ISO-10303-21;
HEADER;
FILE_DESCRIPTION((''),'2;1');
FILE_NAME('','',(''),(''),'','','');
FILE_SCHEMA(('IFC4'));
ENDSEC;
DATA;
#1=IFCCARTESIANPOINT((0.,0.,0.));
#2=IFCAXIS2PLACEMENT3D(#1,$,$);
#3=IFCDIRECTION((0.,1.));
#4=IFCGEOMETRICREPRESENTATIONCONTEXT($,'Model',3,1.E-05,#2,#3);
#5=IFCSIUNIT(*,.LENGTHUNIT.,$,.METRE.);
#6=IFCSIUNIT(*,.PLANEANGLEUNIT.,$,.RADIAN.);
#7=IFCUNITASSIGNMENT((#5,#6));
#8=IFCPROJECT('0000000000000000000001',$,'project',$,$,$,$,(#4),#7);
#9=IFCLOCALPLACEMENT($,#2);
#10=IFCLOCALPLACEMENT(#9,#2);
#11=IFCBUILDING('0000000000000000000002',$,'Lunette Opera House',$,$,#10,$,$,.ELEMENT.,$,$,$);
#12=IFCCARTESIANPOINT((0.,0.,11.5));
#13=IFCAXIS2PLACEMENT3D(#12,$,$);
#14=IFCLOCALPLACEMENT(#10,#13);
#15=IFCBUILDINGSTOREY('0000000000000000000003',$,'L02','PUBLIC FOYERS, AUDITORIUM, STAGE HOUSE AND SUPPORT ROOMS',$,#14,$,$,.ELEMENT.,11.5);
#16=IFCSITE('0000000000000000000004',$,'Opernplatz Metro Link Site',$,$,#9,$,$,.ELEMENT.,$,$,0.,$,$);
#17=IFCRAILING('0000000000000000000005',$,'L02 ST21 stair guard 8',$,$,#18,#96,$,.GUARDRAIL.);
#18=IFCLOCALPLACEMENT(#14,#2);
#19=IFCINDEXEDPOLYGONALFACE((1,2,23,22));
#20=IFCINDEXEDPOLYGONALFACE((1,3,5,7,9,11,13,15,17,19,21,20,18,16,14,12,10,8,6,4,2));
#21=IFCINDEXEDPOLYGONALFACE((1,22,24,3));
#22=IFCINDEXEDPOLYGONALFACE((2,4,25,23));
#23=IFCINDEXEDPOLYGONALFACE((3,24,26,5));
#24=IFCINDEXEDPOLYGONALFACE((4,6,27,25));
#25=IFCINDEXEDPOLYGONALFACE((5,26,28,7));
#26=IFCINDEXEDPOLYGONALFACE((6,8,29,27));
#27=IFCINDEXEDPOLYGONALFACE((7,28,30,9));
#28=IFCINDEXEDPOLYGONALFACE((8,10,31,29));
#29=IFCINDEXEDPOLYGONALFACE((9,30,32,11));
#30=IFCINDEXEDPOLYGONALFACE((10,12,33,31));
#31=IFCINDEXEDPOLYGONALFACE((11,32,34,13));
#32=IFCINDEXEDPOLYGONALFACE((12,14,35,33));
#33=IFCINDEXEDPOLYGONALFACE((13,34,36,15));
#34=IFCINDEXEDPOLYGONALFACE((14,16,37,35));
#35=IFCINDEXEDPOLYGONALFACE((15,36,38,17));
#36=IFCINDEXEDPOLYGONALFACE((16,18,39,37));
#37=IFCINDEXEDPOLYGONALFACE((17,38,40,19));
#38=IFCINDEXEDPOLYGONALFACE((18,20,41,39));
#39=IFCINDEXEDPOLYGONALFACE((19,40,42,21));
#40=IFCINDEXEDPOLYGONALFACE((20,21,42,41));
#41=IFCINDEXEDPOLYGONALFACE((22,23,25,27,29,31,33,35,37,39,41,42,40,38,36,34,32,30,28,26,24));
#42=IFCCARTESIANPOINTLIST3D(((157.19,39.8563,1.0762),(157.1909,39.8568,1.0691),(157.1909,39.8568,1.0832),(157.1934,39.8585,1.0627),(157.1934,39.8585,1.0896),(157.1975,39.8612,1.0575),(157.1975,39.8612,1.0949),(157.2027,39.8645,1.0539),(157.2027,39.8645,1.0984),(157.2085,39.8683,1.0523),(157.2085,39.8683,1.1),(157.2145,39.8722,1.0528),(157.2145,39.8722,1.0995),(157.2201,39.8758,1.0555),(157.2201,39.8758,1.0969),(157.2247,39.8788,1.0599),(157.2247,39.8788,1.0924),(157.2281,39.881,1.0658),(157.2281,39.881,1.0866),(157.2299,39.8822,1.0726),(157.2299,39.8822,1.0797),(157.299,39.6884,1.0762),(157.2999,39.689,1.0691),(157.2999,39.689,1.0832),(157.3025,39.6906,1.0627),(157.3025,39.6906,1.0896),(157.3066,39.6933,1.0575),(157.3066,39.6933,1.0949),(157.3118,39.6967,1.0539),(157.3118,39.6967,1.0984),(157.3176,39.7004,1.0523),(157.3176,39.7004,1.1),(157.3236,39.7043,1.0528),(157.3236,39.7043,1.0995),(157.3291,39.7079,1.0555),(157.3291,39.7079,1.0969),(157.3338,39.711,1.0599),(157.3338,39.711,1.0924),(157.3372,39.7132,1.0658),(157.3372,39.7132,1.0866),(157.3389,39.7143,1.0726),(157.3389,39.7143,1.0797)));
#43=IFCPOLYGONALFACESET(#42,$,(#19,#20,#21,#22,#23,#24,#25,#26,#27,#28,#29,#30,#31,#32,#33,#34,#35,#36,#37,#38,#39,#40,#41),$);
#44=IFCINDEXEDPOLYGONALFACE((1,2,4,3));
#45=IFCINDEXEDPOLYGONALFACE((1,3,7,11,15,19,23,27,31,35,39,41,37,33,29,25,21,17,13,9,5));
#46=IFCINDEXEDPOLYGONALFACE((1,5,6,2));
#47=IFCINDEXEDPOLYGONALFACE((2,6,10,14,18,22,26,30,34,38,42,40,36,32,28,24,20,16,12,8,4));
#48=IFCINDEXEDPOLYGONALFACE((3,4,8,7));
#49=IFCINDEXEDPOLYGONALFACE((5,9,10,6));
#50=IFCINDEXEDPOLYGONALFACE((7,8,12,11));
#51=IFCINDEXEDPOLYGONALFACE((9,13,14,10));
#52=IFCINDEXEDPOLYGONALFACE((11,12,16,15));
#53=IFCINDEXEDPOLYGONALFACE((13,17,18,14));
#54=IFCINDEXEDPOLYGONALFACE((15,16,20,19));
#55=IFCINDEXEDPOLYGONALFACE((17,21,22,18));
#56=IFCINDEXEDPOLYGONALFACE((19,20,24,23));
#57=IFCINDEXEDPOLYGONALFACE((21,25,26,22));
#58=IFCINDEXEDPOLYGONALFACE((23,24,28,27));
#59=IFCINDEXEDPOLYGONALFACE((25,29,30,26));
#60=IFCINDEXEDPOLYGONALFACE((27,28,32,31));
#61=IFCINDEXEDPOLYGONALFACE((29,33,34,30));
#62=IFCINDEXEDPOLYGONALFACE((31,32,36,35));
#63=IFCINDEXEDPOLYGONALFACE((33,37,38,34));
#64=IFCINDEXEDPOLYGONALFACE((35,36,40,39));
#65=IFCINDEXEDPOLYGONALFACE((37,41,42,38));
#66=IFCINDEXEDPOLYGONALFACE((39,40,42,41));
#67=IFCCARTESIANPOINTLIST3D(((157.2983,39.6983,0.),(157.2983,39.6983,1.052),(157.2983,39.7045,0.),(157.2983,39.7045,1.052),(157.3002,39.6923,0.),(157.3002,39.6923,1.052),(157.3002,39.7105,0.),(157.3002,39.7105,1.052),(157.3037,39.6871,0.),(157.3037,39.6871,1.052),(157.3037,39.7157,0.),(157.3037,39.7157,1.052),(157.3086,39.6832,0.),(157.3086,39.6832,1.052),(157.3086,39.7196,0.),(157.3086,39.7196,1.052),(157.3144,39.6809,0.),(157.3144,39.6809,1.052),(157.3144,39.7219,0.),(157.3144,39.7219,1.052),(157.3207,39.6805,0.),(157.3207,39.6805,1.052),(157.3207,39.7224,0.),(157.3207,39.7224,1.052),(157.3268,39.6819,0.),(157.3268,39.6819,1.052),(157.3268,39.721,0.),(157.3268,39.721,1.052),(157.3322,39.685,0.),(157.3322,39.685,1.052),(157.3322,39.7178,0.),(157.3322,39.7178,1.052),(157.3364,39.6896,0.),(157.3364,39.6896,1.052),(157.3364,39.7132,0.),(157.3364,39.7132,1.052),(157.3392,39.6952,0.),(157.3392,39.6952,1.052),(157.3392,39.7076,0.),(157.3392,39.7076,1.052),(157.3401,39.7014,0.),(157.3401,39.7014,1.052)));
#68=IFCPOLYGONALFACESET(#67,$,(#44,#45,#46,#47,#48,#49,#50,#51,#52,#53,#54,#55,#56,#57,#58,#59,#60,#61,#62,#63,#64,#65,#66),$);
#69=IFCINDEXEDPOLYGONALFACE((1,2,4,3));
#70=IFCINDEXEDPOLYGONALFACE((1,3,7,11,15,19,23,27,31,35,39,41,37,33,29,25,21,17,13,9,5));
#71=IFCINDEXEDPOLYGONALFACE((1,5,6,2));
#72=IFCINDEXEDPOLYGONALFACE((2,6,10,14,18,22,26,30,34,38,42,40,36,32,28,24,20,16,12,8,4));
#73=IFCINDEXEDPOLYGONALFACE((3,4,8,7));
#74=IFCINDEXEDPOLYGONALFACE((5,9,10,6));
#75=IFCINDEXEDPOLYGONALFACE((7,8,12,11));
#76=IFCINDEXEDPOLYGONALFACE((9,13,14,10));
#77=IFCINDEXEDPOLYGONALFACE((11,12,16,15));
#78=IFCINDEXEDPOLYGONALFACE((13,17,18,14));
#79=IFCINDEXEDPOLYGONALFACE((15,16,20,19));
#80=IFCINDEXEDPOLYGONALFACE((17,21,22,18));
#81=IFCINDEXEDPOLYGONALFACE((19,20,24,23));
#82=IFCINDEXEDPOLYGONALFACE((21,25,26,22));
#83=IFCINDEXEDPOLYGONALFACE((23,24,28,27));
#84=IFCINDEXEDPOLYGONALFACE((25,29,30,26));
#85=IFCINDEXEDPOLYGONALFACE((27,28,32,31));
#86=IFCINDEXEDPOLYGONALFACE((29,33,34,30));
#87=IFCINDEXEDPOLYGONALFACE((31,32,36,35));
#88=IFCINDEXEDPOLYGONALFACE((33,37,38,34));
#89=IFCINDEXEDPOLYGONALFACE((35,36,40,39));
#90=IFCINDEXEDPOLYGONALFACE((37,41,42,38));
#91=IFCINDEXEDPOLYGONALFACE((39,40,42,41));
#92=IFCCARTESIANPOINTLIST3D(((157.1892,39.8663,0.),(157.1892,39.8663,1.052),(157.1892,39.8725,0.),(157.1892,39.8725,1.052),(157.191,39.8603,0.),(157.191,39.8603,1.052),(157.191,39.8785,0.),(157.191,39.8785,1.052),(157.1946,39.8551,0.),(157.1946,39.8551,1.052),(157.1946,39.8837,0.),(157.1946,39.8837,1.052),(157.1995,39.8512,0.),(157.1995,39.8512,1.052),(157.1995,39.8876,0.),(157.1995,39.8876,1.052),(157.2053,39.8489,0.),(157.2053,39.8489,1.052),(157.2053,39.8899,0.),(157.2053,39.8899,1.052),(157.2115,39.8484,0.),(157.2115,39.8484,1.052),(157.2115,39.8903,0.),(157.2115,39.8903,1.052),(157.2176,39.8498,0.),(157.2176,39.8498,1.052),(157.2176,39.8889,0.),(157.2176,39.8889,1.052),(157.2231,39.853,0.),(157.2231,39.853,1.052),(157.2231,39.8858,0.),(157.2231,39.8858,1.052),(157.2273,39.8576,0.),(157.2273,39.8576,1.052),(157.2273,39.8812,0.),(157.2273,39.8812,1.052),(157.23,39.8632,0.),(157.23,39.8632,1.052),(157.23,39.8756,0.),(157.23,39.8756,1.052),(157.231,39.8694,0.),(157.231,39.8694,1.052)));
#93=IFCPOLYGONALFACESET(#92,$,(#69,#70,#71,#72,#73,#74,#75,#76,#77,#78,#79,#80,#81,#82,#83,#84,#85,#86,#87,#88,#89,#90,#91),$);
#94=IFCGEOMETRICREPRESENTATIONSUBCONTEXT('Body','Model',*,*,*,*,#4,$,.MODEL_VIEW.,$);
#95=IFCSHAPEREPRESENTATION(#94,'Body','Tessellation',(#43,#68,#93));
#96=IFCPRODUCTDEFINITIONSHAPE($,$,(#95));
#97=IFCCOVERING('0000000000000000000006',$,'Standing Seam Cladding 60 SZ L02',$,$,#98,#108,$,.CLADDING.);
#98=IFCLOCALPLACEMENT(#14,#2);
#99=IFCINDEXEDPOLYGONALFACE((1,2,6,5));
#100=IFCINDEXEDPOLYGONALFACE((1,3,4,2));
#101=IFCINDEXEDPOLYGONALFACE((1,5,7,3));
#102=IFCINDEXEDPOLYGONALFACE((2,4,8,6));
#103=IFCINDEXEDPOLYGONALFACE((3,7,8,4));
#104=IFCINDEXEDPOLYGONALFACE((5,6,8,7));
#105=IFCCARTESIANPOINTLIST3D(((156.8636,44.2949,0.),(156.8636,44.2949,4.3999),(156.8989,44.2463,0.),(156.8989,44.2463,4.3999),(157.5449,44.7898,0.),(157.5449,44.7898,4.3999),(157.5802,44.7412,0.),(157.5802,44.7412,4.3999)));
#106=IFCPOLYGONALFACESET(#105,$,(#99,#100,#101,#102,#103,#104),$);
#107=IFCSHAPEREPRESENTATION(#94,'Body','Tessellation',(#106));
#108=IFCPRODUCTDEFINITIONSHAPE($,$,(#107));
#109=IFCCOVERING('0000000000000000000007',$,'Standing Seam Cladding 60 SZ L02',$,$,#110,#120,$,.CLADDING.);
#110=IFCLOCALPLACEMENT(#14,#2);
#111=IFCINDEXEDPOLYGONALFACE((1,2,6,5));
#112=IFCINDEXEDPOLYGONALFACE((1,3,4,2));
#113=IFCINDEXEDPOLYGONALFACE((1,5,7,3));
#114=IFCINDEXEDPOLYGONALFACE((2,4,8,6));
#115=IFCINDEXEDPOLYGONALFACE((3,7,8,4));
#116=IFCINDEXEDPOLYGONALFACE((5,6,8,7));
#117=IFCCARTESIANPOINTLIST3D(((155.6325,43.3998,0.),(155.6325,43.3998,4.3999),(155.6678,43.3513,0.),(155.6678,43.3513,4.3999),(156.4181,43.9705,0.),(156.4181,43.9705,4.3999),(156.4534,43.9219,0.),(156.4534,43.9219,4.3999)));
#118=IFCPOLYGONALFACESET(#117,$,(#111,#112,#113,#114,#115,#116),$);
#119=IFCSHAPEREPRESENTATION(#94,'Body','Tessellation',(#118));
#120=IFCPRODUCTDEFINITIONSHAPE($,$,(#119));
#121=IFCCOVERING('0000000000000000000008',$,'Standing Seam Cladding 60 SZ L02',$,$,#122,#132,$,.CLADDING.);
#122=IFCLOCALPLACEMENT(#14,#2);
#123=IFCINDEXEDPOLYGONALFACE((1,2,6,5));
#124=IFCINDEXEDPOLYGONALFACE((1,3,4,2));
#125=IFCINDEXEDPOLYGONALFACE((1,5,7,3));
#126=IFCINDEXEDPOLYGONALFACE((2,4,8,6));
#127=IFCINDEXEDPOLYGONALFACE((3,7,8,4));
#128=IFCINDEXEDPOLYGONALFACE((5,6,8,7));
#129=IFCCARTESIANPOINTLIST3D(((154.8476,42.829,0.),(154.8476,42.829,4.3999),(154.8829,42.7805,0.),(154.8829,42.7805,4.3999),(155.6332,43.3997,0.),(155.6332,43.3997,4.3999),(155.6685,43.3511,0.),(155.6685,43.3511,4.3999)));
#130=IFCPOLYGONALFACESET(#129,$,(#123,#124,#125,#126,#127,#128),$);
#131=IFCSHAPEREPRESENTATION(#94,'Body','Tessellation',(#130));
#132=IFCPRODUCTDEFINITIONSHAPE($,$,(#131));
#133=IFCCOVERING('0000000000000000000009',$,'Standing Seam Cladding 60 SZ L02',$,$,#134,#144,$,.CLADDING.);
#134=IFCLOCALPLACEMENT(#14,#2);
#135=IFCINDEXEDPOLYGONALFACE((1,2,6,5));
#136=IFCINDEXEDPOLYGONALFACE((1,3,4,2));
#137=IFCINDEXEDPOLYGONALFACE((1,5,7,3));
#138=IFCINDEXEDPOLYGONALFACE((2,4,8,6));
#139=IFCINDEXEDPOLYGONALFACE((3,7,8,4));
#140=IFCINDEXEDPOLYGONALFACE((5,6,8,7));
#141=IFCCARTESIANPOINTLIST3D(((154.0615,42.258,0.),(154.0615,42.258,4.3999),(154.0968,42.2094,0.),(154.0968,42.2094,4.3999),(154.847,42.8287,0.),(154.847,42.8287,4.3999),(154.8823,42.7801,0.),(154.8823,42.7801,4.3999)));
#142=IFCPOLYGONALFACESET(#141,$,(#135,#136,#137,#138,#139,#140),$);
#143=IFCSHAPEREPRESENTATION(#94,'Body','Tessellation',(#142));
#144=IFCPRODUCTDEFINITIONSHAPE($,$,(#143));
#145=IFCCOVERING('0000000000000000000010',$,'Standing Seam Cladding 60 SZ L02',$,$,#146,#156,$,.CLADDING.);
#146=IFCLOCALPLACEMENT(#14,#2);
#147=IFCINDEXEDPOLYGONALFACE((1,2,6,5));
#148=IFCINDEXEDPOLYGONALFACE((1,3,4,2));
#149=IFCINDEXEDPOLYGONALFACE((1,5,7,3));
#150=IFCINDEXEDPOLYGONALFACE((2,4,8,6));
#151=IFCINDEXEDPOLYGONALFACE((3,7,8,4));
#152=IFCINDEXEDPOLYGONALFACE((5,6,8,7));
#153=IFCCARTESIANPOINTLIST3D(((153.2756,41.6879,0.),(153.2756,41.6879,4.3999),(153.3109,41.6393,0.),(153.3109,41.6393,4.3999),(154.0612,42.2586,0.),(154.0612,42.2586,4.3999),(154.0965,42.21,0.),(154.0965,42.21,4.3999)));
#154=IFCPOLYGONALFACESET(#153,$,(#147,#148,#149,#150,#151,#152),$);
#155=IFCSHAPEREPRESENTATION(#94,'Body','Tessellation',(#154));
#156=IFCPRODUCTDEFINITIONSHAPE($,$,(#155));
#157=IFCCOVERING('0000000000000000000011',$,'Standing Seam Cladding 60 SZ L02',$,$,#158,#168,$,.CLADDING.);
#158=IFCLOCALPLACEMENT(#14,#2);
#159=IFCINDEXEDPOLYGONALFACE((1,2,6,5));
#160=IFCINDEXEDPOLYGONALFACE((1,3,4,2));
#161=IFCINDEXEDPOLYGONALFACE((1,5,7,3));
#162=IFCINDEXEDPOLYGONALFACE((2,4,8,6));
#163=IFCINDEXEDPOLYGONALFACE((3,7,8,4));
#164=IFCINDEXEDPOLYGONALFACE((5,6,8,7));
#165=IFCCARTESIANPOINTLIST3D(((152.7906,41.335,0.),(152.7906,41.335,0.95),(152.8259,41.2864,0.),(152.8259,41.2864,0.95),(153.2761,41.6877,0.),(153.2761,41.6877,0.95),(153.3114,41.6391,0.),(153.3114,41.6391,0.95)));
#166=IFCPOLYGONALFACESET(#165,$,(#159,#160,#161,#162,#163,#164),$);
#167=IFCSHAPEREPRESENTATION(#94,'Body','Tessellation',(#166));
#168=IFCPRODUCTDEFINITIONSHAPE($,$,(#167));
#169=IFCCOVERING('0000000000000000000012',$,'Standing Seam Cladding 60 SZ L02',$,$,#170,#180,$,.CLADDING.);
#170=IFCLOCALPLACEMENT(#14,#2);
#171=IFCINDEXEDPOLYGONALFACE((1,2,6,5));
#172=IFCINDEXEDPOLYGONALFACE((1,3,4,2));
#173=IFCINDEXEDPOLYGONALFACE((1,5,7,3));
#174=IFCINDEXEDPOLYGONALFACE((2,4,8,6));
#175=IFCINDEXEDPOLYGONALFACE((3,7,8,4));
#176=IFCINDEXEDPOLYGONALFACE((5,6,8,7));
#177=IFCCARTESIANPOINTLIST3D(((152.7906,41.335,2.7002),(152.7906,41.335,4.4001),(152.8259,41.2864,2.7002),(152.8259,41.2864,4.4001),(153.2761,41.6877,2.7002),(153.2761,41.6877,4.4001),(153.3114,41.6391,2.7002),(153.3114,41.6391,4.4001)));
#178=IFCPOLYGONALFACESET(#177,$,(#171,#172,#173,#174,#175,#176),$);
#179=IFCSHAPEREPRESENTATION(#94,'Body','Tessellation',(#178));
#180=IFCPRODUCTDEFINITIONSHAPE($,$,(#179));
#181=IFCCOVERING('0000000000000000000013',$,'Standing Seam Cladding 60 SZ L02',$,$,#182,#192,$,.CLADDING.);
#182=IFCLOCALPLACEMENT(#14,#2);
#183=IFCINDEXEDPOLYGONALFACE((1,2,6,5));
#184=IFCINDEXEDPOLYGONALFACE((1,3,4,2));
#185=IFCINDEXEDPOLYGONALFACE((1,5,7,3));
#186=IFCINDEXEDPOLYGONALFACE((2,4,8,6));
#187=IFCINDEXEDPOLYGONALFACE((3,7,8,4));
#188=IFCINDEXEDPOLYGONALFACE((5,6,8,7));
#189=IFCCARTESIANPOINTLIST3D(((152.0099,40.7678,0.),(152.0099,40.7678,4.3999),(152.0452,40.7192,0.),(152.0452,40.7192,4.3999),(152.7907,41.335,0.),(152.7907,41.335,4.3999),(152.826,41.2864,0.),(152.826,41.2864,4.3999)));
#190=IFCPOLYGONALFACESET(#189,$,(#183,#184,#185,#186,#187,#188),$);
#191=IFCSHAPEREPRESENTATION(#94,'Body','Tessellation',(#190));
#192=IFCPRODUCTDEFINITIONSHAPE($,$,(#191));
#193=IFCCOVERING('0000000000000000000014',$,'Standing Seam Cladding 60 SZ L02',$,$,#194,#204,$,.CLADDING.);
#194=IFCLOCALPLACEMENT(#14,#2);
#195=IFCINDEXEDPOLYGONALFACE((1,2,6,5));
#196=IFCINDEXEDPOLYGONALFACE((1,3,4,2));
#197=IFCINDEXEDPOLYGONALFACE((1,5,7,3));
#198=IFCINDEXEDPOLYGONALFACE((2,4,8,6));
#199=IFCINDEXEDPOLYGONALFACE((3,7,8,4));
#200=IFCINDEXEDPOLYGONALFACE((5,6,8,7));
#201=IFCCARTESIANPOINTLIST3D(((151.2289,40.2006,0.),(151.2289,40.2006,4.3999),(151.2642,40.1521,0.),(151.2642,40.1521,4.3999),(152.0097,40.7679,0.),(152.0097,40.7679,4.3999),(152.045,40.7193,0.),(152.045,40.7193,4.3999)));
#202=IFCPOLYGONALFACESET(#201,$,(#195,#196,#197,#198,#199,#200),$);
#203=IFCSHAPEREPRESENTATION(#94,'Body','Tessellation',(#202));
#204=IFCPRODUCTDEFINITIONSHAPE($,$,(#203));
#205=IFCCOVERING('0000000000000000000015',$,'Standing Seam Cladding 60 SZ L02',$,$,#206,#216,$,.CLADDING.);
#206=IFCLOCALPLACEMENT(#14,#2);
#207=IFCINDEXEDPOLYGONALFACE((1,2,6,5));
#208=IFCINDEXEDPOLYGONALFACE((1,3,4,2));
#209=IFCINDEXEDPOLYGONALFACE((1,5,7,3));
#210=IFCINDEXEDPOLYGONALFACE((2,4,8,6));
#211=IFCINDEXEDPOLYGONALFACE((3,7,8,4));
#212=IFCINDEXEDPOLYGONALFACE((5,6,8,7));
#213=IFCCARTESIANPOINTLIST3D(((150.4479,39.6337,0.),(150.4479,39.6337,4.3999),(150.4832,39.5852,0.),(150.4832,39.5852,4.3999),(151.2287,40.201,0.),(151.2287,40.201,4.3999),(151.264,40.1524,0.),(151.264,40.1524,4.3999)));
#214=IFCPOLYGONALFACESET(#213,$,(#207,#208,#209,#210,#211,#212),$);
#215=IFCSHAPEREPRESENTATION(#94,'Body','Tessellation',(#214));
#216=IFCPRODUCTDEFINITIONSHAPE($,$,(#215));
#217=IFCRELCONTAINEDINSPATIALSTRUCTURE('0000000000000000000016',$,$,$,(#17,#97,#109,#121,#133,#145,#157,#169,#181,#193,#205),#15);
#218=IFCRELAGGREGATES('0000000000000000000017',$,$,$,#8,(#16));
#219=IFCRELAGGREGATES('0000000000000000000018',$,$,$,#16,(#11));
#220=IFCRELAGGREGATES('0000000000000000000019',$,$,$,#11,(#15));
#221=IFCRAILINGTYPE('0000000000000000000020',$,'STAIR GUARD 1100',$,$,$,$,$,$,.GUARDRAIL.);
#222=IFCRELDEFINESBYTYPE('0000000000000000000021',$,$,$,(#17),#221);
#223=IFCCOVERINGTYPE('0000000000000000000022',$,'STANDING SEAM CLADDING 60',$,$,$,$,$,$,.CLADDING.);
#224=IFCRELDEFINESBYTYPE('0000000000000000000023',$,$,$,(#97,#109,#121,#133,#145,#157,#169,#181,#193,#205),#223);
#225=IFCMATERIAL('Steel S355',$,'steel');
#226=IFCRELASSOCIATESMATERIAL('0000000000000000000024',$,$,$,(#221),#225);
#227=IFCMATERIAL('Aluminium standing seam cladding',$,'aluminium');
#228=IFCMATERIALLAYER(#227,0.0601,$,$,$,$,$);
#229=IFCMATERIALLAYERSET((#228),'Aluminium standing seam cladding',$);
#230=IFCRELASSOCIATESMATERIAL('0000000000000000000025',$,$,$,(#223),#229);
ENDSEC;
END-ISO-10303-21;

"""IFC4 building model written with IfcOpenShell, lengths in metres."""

from ifc_helpers import new_model, si_unit, direction, frame, origin, origin_2d, place, context, subcontext, project, spatial, rectangle, circle, extrude, material, layer, layer_set, type_object, element, save


model = new_model("IFC4")

# Units and contexts
model_context = context("Model", 3, precision=1e-05, world=origin(), true_north=direction((0.0, 1.0)))
body_context = subcontext(model_context, "Body", "Model", "MODEL_VIEW")
ifc_project = project(units=[si_unit("LENGTHUNIT", "METRE"), si_unit("PLANEANGLEUNIT", "RADIAN")], contexts=[model_context])

# Site, building, storey
site_placement = place(None, origin())
site = spatial("IfcSite", under=ifc_project, at=site_placement, Name="Opernplatz Metro Link Site", CompositionType="ELEMENT", RefElevation=0.0)
building_placement = place(site_placement, origin())
building = spatial("IfcBuilding", under=site, at=building_placement, Name="Lunette Opera House", CompositionType="ELEMENT")
storey_placement = place(building_placement, frame((0.0, 0.0, 11.5)))
storey = spatial("IfcBuildingStorey", under=building, at=storey_placement, Name="L02", Description="PUBLIC FOYERS, AUDITORIUM, STAGE HOUSE AND SUPPORT ROOMS", CompositionType="ELEMENT", Elevation=11.5)

# Railing
ifc_material_1 = material(Name="Steel S355", Category="steel")
railing_type = type_object("IfcRailingType", Name="STAIR GUARD 1100", PredefinedType="GUARDRAIL", material=ifc_material_1)
railing_1_placement = place(storey_placement, frame((157.3191, 39.7014, 0.0)))
element("IfcRailing", 1, at=railing_1_placement, inside=storey, type_object=railing_type, Name="L02 ST21 stair guard 8", PredefinedType="GUARDRAIL", context=body_context, shape_type="SweptSolid", body=[
    extrude(circle(Radius=0.0239, at=origin_2d()), frame((0.0, 0.0, 1.0762), z_axis=(-0.544817, 0.838555, 0.0), x_axis=(-0.838555, -0.544817, 0.0)), (0.0, 0.0, 1.0), 0.2002),
    extrude(circle(Radius=0.021, at=origin_2d()), origin(), (0.0, 0.0, 1.0), 1.052),
    extrude(circle(Radius=0.021, at=origin_2d()), frame((-0.1091, 0.168, 0.0)), (0.0, 0.0, 1.0), 1.052),
])

# Coverings
ifc_material_2 = material(Name="Aluminium standing seam cladding", Category="aluminium")
ifc_layer_1 = layer(ifc_material_2, 0.0601)
ifc_layer_set_1 = layer_set([ifc_layer_1], Name="Aluminium standing seam cladding")
covering_type = type_object("IfcCoveringType", Name="STANDING SEAM CLADDING 60", PredefinedType="CLADDING", material=ifc_layer_set_1)
covering_1_placement = place(storey_placement, frame((157.2219, 44.5181, 0.0), z_axis=(0.0, 0.0, 1.0), x_axis=(-0.809045, -0.587747, 0.0)))
element("IfcCovering", 2, at=covering_1_placement, inside=storey, type_object=covering_type, Name="Standing Seam Cladding 60 SZ L02", PredefinedType="CLADDING", context=body_context, shape_type="SweptSolid", body=[
    extrude(rectangle(XDim=0.842, YDim=0.0601, at=origin_2d()), origin(), (0.0, 0.0, 1.0), 4.3999),
])
for number, where, z_axis, x_axis, name in (
    (3, (156.043, 43.6609, 0.0), (0.0, 0.0, 1.0), (-0.809047, -0.587744, 0.0), "Standing Seam Cladding 60 SZ L02"),
    (4, (155.2581, 43.0901, 0.0), (0.0, 0.0, 1.0), (-0.809047, -0.587744, 0.0), "Standing Seam Cladding 60 SZ L02"),
    (5, (154.4719, 42.519, 0.0), (0.0, 0.0, 1.0), (-0.809047, -0.587744, 0.0), "Standing Seam Cladding 60 SZ L02"),
    (6, (153.686, 41.949, 0.0), (0.0, 0.0, 1.0), (-0.809047, -0.587744, 0.0), "Standing Seam Cladding 60 SZ L02"),
):
    element("IfcCovering", number, at=place(storey_placement, frame(where, z_axis=z_axis, x_axis=x_axis)), inside=storey, type_object=covering_type, Name=name, PredefinedType="CLADDING", context=body_context, shape_type="SweptSolid", body=[
        extrude(rectangle(XDim=0.9709, YDim=0.0601, at=origin_2d()), origin(), (0.0, 0.0, 1.0), 4.3999),
    ])
covering_2_placement = place(storey_placement, frame((153.051, 41.4871, 0.0), z_axis=(0.0, 0.0, 1.0), x_axis=(-0.809047, -0.587744, 0.0)))
element("IfcCovering", 7, at=covering_2_placement, inside=storey, type_object=covering_type, Name="Standing Seam Cladding 60 SZ L02", PredefinedType="CLADDING", context=body_context, shape_type="SweptSolid", body=[
    extrude(rectangle(XDim=0.6001, YDim=0.0601, at=origin_2d()), origin(), (0.0, 0.0, 1.0), 0.95),
])
covering_3_placement = place(storey_placement, frame((153.051, 41.4871, 2.7002), z_axis=(0.0, 0.0, 1.0), x_axis=(-0.809047, -0.587744, 0.0)))
element("IfcCovering", 8, at=covering_3_placement, inside=storey, type_object=covering_type, Name="Standing Seam Cladding 60 SZ L02", PredefinedType="CLADDING", context=body_context, shape_type="SweptSolid", body=[
    extrude(rectangle(XDim=0.6001, YDim=0.0601, at=origin_2d()), origin(), (0.0, 0.0, 1.0), 1.7),
])
for number, where, z_axis, x_axis, name in (
    (9, (152.418, 41.0271, 0.0), (0.0, 0.0, 1.0), (-0.809047, -0.587744, 0.0), "Standing Seam Cladding 60 SZ L02"),
    (10, (151.637, 40.46, 0.0), (0.0, 0.0, 1.0), (-0.809047, -0.587744, 0.0), "Standing Seam Cladding 60 SZ L02"),
    (11, (150.856, 39.8931, 0.0), (0.0, 0.0, 1.0), (-0.809047, -0.587744, 0.0), "Standing Seam Cladding 60 SZ L02"),
):
    element("IfcCovering", number, at=place(storey_placement, frame(where, z_axis=z_axis, x_axis=x_axis)), inside=storey, type_object=covering_type, Name=name, PredefinedType="CLADDING", context=body_context, shape_type="SweptSolid", body=[
        extrude(rectangle(XDim=0.9651, YDim=0.0601, at=origin_2d()), origin(), (0.0, 0.0, 1.0), 4.3999),
    ])

save(model, "model.ifc")
